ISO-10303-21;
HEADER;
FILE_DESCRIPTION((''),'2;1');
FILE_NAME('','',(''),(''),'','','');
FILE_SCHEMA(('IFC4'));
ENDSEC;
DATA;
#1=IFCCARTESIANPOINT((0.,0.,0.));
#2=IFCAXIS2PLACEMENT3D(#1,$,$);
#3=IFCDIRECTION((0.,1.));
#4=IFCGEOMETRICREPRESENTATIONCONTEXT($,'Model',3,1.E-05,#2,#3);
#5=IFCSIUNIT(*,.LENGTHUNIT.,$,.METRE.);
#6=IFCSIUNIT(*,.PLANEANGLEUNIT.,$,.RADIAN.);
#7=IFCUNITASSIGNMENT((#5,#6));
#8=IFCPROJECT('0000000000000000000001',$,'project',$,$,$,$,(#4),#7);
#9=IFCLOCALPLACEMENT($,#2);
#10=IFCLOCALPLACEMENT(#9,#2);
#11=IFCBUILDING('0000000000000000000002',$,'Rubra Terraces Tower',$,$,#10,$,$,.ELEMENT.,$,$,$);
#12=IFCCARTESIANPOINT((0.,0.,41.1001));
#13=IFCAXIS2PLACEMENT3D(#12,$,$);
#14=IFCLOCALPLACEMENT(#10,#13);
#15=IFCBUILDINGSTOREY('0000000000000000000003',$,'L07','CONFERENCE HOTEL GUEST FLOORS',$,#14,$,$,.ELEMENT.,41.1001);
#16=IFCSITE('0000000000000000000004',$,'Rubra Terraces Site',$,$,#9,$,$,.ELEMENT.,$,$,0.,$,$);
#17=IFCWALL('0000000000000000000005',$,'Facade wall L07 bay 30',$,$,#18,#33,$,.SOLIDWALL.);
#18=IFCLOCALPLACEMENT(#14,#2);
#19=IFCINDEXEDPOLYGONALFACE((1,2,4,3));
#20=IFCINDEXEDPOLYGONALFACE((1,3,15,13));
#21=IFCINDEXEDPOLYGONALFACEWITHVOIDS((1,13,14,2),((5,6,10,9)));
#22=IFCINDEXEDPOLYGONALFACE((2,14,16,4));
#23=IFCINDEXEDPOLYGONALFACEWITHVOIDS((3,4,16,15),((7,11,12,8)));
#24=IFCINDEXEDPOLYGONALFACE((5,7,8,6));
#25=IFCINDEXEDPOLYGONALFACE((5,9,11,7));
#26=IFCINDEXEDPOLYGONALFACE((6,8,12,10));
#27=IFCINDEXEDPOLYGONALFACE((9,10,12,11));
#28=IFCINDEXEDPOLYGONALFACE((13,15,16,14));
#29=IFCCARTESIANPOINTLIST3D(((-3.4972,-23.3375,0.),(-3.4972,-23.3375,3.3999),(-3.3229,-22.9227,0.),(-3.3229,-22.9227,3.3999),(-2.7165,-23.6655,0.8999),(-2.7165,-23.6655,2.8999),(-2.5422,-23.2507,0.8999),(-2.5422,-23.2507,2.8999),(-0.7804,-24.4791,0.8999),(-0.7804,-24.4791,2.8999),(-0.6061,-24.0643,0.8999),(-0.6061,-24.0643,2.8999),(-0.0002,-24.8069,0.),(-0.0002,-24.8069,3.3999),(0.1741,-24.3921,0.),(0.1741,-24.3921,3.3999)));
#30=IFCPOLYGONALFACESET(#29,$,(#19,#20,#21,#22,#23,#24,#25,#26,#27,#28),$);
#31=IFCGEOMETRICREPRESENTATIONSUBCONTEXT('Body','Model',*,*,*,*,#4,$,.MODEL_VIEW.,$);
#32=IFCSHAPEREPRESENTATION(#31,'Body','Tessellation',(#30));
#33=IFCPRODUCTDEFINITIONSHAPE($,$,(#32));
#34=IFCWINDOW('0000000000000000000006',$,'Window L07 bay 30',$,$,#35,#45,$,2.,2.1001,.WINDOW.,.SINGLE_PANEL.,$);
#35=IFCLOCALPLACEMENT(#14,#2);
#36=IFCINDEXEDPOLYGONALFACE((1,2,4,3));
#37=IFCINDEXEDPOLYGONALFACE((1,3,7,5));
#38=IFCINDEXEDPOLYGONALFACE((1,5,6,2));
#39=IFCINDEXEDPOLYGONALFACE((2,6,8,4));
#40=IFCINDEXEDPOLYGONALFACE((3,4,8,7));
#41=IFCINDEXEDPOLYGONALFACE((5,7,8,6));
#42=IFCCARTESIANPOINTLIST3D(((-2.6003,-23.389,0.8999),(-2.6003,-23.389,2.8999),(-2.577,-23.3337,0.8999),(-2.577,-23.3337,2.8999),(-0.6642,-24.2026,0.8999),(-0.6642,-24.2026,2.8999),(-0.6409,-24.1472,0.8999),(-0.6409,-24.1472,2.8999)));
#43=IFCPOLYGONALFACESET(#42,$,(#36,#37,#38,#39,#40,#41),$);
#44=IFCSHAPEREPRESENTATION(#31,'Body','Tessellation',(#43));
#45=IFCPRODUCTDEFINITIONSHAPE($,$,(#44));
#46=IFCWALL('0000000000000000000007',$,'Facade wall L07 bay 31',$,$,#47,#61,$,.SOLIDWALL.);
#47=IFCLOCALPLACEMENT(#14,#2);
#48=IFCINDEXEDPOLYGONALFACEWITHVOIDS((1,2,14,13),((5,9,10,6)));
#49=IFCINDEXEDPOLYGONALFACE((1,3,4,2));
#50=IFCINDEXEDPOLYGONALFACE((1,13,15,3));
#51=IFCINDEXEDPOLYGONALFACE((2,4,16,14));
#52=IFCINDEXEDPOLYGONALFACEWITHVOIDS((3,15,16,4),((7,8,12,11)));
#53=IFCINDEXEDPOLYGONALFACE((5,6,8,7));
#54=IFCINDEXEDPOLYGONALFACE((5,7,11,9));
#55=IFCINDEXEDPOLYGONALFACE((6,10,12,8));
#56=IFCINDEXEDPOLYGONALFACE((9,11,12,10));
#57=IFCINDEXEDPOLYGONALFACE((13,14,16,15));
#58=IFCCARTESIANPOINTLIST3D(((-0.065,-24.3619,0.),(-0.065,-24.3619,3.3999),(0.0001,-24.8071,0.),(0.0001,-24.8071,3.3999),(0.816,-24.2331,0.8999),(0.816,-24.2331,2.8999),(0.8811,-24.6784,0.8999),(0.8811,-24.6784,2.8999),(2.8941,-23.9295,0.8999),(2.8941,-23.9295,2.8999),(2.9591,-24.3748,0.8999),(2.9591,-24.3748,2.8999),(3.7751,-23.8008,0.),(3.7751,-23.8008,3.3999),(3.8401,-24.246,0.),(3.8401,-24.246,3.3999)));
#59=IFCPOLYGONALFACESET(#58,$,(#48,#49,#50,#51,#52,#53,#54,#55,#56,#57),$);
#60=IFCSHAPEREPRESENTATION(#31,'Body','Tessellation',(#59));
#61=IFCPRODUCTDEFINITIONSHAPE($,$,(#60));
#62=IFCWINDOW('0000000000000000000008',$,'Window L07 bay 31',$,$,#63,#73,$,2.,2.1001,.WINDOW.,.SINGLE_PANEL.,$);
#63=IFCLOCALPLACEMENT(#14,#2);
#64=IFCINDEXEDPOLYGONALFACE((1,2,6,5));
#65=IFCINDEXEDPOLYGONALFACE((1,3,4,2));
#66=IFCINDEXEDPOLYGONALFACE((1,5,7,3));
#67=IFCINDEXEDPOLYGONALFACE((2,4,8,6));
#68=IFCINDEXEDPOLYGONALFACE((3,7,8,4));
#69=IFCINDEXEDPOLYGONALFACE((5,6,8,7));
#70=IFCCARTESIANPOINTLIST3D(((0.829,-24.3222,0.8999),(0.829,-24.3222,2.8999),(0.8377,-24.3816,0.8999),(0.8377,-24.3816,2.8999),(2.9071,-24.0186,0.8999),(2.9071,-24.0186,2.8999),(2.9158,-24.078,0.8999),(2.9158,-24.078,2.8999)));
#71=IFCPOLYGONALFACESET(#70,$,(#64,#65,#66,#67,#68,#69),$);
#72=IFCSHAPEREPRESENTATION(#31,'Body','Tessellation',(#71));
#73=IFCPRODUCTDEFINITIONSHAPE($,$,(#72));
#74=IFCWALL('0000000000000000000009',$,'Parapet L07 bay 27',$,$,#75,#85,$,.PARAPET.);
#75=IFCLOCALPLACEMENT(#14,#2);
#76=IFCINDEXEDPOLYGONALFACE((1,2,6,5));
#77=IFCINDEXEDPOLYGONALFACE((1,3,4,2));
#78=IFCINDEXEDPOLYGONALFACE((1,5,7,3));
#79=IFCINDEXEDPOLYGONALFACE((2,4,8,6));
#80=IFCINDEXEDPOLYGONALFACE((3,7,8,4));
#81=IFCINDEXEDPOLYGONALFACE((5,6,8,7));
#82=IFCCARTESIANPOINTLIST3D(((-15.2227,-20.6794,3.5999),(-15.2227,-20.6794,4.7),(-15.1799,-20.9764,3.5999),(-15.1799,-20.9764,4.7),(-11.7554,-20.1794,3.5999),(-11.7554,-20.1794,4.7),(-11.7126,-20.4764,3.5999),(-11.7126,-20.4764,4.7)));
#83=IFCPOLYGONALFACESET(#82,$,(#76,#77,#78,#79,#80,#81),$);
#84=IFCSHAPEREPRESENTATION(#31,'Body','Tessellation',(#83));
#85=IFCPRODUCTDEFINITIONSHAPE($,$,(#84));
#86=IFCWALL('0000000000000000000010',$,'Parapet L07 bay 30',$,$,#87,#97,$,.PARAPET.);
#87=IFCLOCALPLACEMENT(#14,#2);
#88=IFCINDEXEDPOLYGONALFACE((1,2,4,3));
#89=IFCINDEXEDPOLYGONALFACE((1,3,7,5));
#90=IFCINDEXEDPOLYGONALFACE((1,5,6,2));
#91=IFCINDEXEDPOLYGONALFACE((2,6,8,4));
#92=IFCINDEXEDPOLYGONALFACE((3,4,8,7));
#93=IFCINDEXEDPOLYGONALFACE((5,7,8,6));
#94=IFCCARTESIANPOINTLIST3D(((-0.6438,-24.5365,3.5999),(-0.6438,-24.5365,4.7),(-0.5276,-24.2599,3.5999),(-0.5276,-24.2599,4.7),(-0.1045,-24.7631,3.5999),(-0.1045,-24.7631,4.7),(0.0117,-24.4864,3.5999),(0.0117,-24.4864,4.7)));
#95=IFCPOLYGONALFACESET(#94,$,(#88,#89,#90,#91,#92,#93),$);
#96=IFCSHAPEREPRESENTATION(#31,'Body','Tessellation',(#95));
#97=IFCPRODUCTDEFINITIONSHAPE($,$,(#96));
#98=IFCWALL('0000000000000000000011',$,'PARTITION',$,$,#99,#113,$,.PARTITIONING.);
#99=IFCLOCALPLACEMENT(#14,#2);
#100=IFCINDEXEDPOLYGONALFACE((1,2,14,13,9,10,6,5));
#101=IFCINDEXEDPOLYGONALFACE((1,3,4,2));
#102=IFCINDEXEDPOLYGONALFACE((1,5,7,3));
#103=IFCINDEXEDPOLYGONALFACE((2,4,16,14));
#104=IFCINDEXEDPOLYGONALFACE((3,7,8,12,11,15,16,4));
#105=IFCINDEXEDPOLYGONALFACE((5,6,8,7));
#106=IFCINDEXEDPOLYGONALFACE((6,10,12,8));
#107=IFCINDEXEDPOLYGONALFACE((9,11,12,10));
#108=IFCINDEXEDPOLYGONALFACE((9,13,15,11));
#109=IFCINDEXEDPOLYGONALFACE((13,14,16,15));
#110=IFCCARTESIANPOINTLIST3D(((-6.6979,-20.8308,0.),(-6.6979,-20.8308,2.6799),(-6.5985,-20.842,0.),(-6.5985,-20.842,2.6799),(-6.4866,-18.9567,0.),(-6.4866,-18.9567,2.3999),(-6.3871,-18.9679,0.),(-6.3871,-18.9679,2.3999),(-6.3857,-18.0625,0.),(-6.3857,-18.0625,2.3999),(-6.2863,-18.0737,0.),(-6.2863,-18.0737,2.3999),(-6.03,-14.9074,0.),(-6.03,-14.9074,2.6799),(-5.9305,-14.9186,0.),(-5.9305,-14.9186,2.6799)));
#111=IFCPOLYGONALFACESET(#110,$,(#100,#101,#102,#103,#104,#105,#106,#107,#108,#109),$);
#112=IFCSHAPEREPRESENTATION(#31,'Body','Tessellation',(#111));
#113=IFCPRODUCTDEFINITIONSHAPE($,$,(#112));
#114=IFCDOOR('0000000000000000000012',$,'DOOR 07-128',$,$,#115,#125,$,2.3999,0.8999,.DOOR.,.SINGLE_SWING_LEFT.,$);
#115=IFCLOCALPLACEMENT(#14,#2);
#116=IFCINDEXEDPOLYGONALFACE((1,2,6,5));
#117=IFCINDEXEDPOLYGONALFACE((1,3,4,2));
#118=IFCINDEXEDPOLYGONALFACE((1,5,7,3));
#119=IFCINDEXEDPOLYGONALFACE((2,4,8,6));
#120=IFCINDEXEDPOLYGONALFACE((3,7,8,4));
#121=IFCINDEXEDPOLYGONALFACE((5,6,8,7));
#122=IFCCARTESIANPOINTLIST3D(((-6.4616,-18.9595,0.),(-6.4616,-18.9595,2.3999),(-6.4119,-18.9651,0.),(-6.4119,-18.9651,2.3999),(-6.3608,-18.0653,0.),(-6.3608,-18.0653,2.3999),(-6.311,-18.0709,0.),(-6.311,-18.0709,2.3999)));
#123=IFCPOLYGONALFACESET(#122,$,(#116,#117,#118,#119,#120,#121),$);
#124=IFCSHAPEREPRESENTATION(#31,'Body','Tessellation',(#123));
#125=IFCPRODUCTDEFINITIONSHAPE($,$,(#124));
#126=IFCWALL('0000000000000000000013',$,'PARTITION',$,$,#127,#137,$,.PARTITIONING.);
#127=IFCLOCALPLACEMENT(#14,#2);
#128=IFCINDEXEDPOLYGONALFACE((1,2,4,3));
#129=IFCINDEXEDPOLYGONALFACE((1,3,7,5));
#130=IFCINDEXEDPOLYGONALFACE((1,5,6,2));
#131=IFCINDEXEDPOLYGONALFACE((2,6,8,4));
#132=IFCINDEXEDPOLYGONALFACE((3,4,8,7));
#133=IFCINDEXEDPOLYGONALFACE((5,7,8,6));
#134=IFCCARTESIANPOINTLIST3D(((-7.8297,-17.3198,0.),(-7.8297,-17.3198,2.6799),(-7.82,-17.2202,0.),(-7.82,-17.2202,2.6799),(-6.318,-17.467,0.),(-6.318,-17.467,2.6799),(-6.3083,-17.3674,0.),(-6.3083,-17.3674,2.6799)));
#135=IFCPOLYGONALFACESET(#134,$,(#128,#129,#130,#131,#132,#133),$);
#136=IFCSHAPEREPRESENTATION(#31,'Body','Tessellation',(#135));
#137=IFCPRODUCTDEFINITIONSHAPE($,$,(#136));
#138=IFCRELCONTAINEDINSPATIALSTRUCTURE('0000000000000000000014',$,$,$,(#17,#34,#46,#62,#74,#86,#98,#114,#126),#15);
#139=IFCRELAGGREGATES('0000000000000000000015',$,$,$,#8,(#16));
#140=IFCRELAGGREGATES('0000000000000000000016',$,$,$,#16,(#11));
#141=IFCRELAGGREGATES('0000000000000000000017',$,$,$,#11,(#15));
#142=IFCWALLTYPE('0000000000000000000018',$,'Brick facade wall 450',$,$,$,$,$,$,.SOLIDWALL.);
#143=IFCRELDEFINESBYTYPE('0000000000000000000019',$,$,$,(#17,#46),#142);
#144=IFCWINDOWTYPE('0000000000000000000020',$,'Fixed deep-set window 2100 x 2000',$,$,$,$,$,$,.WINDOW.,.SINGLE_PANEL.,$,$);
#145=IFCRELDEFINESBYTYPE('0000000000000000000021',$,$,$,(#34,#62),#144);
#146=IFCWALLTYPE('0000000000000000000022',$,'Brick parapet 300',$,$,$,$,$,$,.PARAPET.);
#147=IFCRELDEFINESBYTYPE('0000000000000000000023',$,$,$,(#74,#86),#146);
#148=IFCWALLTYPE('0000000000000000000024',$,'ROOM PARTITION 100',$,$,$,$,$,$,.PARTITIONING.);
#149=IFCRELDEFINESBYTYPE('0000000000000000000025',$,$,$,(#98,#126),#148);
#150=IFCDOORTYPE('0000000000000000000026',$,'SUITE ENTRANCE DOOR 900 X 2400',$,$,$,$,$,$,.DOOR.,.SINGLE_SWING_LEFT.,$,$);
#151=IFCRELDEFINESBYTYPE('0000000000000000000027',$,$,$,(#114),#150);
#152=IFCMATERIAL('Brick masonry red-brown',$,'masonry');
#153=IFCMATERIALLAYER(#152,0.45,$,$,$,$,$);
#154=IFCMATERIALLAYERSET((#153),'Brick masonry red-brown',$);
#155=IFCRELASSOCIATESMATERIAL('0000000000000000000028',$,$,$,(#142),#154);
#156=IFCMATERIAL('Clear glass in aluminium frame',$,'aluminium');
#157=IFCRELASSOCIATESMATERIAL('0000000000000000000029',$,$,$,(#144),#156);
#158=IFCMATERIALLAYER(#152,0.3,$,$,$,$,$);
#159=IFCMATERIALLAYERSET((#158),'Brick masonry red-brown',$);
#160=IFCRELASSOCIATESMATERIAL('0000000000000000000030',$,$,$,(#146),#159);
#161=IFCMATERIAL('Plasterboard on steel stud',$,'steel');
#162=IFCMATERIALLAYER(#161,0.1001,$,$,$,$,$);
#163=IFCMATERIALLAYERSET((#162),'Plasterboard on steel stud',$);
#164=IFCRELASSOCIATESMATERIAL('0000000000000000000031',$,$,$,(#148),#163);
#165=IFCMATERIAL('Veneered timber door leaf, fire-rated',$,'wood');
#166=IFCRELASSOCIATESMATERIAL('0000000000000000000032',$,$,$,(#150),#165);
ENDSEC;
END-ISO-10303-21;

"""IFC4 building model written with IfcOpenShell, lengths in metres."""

from ifc_helpers import new_model, si_unit, direction, frame, frame_2d, origin, place, context, subcontext, project, spatial, rectangle, extrude, material, layer, layer_set, type_object, element, fill, save


model = new_model("IFC4")

# Units and contexts
model_context = context("Model", 3, precision=1e-05, world=origin(), true_north=direction((0.0, 1.0)))
body_context = subcontext(model_context, "Body", "Model", "MODEL_VIEW")
ifc_project = project(units=[si_unit("LENGTHUNIT", "METRE"), si_unit("PLANEANGLEUNIT", "RADIAN")], contexts=[model_context])

# Site, building, storey
site_placement = place(None, origin())
site = spatial("IfcSite", under=ifc_project, at=site_placement, Name="Rubra Terraces Site", CompositionType="ELEMENT", RefElevation=0.0)
building_placement = place(site_placement, origin())
building = spatial("IfcBuilding", under=site, at=building_placement, Name="Rubra Terraces Tower", CompositionType="ELEMENT")
storey_placement = place(building_placement, frame((0.0, 0.0, 41.1001)))
storey = spatial("IfcBuildingStorey", under=building, at=storey_placement, Name="L07", Description="CONFERENCE HOTEL GUEST FLOORS", CompositionType="ELEMENT", Elevation=41.1001)

# Walls, openings, windows
ifc_material_1 = material(Name="Brick masonry red-brown", Category="masonry")
ifc_layer_1 = layer(ifc_material_1, 0.45)
ifc_layer_set_1 = layer_set([ifc_layer_1], Name="Brick masonry red-brown")
wall_type_1 = type_object("IfcWallType", Name="Brick facade wall 450", PredefinedType="SOLIDWALL", material=ifc_layer_set_1)
ifc_material_2 = material(Name="Clear glass in aluminium frame", Category="aluminium")
window_type = type_object("IfcWindowType", Name="Fixed deep-set window 2100 x 2000", PartitioningType="SINGLE_PANEL", PredefinedType="WINDOW", material=ifc_material_2)
wall_1_placement = place(storey_placement, frame((-3.4099, -23.1301, 0.0), z_axis=(0.0, 0.0, 1.0), x_axis=(0.921915, -0.387392, 0.0)))
wall_1 = element("IfcWall", 1, at=wall_1_placement, inside=storey, type_object=wall_type_1, Name="Facade wall L07 bay 30", PredefinedType="SOLIDWALL", context=body_context, shape_type="SweptSolid", body=[
    extrude(rectangle(XDim=3.7932, YDim=0.45, at=frame_2d((1.8965, 0.0))), origin(), (0.0, 0.0, 1.0), 3.3999),
])
opening_1_placement = place(wall_1_placement, frame((0.8467, 0.0, 0.8999)))
opening_1 = element("IfcOpeningElement", 2, at=opening_1_placement, cuts=wall_1, PredefinedType="OPENING", context=body_context, shape_type="SweptSolid", body=[
    extrude(rectangle(XDim=2.1001, YDim=2.0, at=frame_2d((1.05, 1.0))), frame((0.0, 0.2349, 0.0), z_axis=(0.0, -1.0, 0.0), x_axis=(1.0, 0.0, 0.0)), (0.0, 0.0, 1.0), 0.47),
])
window_1_placement = place(opening_1_placement, origin())
window_1 = element("IfcWindow", 3, at=window_1_placement, inside=storey, type_object=window_type, Name="Window L07 bay 30", OverallHeight=2.0, OverallWidth=2.1001, PartitioningType="SINGLE_PANEL", PredefinedType="WINDOW", context=body_context, shape_type="SweptSolid", body=[
    extrude(rectangle(XDim=2.1001, YDim=2.0, at=frame_2d((1.05, 1.0))), frame((0.0, 0.135, 0.0), z_axis=(0.0, -1.0, 0.0), x_axis=(1.0, 0.0, 0.0)), (0.0, 0.0, 1.0), 0.0601),
])
fill(opening_1, window_1)
wall_2_placement = place(storey_placement, frame((-0.0325, -24.5845, 0.0), z_axis=(0.0, 0.0, 1.0), x_axis=(0.989495, 0.144565, 0.0)))
wall_2 = element("IfcWall", 4, at=wall_2_placement, inside=storey, type_object=wall_type_1, Name="Facade wall L07 bay 31", PredefinedType="SOLIDWALL", context=body_context, shape_type="SweptSolid", body=[
    extrude(rectangle(XDim=3.8809, YDim=0.45, at=frame_2d((1.9404, 0.0))), origin(), (0.0, 0.0, 1.0), 3.3999),
])
opening_2_placement = place(wall_2_placement, frame((0.8904, 0.0, 0.8999)))
opening_2 = element("IfcOpeningElement", 5, at=opening_2_placement, cuts=wall_2, PredefinedType="OPENING", context=body_context, shape_type="SweptSolid", body=[
    extrude(rectangle(XDim=2.1001, YDim=2.0, at=frame_2d((1.05, 1.0))), frame((0.0, 0.2349, 0.0), z_axis=(0.0, -1.0, 0.0), x_axis=(1.0, 0.0, 0.0)), (0.0, 0.0, 1.0), 0.47),
])
window_2_placement = place(opening_2_placement, origin())
window_2 = element("IfcWindow", 6, at=window_2_placement, inside=storey, type_object=window_type, Name="Window L07 bay 31", OverallHeight=2.0, OverallWidth=2.1001, PartitioningType="SINGLE_PANEL", PredefinedType="WINDOW", context=body_context, shape_type="SweptSolid", body=[
    extrude(rectangle(XDim=2.1001, YDim=2.0, at=frame_2d((1.05, 1.0))), frame((0.0, 0.135, 0.0), z_axis=(0.0, -1.0, 0.0), x_axis=(1.0, 0.0, 0.0)), (0.0, 0.0, 1.0), 0.0601),
])
fill(opening_2, window_2)

# Walls
ifc_layer_2 = layer(ifc_material_1, 0.3)
ifc_layer_set_2 = layer_set([ifc_layer_2], Name="Brick masonry red-brown")
wall_type_2 = type_object("IfcWallType", Name="Brick parapet 300", PredefinedType="PARAPET", material=ifc_layer_set_2)
wall_3_placement = place(storey_placement, frame((-15.2012, -20.8279, 3.5999), z_axis=(0.0, 0.0, 1.0), x_axis=(0.989762, 0.142729, 0.0)))
element("IfcWall", 7, at=wall_3_placement, inside=storey, type_object=wall_type_2, Name="Parapet L07 bay 27", PredefinedType="PARAPET", context=body_context, shape_type="SweptSolid", body=[
    extrude(rectangle(XDim=3.5032, YDim=0.3, at=frame_2d((1.7515, 0.0))), origin(), (0.0, 0.0, 1.0), 1.1001),
])
wall_4_placement = place(storey_placement, frame((-0.5857, -24.3982, 3.5999), z_axis=(0.0, 0.0, 1.0), x_axis=(0.921949, -0.387311, 0.0)))
element("IfcWall", 8, at=wall_4_placement, inside=storey, type_object=wall_type_2, Name="Parapet L07 bay 30", PredefinedType="PARAPET", context=body_context, shape_type="SweptSolid", body=[
    extrude(rectangle(XDim=0.585, YDim=0.3, at=frame_2d((0.2925, 0.0))), origin(), (0.0, 0.0, 1.0), 1.1001),
])

# Wall, opening, door
ifc_material_3 = material(Name="Plasterboard on steel stud", Category="steel")
ifc_layer_3 = layer(ifc_material_3, 0.1001)
ifc_layer_set_3 = layer_set([ifc_layer_3], Name="Plasterboard on steel stud")
wall_type_3 = type_object("IfcWallType", Name="ROOM PARTITION 100", PredefinedType="PARTITIONING", material=ifc_layer_set_3)
wall_5_placement = place(storey_placement, frame((-6.6482, -20.8364, 0.0), z_axis=(0.0, 0.0, 1.0), x_axis=(0.112059, 0.993702, 0.0)))
wall_5 = element("IfcWall", 9, at=wall_5_placement, inside=storey, type_object=wall_type_3, Name="PARTITION", PredefinedType="PARTITIONING", context=body_context, shape_type="SweptSolid", body=[
    extrude(rectangle(XDim=5.9609, YDim=0.1001, at=frame_2d((2.9805, 0.0))), origin(), (0.0, 0.0, 1.0), 2.6799),
])
opening_3_placement = place(wall_5_placement, frame((1.886, 0.0, 0.0)))
opening_3 = element("IfcOpeningElement", 10, at=opening_3_placement, cuts=wall_5, PredefinedType="OPENING", context=body_context, shape_type="SweptSolid", body=[
    extrude(rectangle(XDim=0.8999, YDim=2.3999, at=frame_2d((0.45, 1.2))), frame((0.0, 0.0601, 0.0), z_axis=(0.0, -1.0, 0.0), x_axis=(1.0, 0.0, 0.0)), (0.0, 0.0, 1.0), 0.1201),
])
ifc_material_4 = material(Name="Veneered timber door leaf, fire-rated", Category="wood")
door_type = type_object("IfcDoorType", Name="SUITE ENTRANCE DOOR 900 X 2400", OperationType="SINGLE_SWING_LEFT", PredefinedType="DOOR", material=ifc_material_4)
door_placement = place(opening_3_placement, origin())
door = element("IfcDoor", 11, at=door_placement, inside=storey, type_object=door_type, Name="DOOR 07-128", OperationType="SINGLE_SWING_LEFT", OverallHeight=2.3999, OverallWidth=0.8999, PredefinedType="DOOR", context=body_context, shape_type="SweptSolid", body=[
    extrude(rectangle(XDim=0.8999, YDim=2.3999, at=frame_2d((0.45, 1.2))), frame((0.0, 0.0249, 0.0), z_axis=(0.0, -1.0, 0.0), x_axis=(1.0, 0.0, 0.0)), (0.0, 0.0, 1.0), 0.05),
])
fill(opening_3, door)

# Wall
wall_6_placement = place(storey_placement, frame((-7.8247, -17.27, 0.0), z_axis=(0.0, 0.0, 1.0), x_axis=(0.995292, -0.096925, 0.0)))
element("IfcWall", 12, at=wall_6_placement, inside=storey, type_object=wall_type_3, Name="PARTITION", PredefinedType="PARTITIONING", context=body_context, shape_type="SweptSolid", body=[
    extrude(rectangle(XDim=1.5188, YDim=0.1001, at=frame_2d((0.7593, 0.0))), origin(), (0.0, 0.0, 1.0), 2.6799),
])

save(model, "model.ifc")
